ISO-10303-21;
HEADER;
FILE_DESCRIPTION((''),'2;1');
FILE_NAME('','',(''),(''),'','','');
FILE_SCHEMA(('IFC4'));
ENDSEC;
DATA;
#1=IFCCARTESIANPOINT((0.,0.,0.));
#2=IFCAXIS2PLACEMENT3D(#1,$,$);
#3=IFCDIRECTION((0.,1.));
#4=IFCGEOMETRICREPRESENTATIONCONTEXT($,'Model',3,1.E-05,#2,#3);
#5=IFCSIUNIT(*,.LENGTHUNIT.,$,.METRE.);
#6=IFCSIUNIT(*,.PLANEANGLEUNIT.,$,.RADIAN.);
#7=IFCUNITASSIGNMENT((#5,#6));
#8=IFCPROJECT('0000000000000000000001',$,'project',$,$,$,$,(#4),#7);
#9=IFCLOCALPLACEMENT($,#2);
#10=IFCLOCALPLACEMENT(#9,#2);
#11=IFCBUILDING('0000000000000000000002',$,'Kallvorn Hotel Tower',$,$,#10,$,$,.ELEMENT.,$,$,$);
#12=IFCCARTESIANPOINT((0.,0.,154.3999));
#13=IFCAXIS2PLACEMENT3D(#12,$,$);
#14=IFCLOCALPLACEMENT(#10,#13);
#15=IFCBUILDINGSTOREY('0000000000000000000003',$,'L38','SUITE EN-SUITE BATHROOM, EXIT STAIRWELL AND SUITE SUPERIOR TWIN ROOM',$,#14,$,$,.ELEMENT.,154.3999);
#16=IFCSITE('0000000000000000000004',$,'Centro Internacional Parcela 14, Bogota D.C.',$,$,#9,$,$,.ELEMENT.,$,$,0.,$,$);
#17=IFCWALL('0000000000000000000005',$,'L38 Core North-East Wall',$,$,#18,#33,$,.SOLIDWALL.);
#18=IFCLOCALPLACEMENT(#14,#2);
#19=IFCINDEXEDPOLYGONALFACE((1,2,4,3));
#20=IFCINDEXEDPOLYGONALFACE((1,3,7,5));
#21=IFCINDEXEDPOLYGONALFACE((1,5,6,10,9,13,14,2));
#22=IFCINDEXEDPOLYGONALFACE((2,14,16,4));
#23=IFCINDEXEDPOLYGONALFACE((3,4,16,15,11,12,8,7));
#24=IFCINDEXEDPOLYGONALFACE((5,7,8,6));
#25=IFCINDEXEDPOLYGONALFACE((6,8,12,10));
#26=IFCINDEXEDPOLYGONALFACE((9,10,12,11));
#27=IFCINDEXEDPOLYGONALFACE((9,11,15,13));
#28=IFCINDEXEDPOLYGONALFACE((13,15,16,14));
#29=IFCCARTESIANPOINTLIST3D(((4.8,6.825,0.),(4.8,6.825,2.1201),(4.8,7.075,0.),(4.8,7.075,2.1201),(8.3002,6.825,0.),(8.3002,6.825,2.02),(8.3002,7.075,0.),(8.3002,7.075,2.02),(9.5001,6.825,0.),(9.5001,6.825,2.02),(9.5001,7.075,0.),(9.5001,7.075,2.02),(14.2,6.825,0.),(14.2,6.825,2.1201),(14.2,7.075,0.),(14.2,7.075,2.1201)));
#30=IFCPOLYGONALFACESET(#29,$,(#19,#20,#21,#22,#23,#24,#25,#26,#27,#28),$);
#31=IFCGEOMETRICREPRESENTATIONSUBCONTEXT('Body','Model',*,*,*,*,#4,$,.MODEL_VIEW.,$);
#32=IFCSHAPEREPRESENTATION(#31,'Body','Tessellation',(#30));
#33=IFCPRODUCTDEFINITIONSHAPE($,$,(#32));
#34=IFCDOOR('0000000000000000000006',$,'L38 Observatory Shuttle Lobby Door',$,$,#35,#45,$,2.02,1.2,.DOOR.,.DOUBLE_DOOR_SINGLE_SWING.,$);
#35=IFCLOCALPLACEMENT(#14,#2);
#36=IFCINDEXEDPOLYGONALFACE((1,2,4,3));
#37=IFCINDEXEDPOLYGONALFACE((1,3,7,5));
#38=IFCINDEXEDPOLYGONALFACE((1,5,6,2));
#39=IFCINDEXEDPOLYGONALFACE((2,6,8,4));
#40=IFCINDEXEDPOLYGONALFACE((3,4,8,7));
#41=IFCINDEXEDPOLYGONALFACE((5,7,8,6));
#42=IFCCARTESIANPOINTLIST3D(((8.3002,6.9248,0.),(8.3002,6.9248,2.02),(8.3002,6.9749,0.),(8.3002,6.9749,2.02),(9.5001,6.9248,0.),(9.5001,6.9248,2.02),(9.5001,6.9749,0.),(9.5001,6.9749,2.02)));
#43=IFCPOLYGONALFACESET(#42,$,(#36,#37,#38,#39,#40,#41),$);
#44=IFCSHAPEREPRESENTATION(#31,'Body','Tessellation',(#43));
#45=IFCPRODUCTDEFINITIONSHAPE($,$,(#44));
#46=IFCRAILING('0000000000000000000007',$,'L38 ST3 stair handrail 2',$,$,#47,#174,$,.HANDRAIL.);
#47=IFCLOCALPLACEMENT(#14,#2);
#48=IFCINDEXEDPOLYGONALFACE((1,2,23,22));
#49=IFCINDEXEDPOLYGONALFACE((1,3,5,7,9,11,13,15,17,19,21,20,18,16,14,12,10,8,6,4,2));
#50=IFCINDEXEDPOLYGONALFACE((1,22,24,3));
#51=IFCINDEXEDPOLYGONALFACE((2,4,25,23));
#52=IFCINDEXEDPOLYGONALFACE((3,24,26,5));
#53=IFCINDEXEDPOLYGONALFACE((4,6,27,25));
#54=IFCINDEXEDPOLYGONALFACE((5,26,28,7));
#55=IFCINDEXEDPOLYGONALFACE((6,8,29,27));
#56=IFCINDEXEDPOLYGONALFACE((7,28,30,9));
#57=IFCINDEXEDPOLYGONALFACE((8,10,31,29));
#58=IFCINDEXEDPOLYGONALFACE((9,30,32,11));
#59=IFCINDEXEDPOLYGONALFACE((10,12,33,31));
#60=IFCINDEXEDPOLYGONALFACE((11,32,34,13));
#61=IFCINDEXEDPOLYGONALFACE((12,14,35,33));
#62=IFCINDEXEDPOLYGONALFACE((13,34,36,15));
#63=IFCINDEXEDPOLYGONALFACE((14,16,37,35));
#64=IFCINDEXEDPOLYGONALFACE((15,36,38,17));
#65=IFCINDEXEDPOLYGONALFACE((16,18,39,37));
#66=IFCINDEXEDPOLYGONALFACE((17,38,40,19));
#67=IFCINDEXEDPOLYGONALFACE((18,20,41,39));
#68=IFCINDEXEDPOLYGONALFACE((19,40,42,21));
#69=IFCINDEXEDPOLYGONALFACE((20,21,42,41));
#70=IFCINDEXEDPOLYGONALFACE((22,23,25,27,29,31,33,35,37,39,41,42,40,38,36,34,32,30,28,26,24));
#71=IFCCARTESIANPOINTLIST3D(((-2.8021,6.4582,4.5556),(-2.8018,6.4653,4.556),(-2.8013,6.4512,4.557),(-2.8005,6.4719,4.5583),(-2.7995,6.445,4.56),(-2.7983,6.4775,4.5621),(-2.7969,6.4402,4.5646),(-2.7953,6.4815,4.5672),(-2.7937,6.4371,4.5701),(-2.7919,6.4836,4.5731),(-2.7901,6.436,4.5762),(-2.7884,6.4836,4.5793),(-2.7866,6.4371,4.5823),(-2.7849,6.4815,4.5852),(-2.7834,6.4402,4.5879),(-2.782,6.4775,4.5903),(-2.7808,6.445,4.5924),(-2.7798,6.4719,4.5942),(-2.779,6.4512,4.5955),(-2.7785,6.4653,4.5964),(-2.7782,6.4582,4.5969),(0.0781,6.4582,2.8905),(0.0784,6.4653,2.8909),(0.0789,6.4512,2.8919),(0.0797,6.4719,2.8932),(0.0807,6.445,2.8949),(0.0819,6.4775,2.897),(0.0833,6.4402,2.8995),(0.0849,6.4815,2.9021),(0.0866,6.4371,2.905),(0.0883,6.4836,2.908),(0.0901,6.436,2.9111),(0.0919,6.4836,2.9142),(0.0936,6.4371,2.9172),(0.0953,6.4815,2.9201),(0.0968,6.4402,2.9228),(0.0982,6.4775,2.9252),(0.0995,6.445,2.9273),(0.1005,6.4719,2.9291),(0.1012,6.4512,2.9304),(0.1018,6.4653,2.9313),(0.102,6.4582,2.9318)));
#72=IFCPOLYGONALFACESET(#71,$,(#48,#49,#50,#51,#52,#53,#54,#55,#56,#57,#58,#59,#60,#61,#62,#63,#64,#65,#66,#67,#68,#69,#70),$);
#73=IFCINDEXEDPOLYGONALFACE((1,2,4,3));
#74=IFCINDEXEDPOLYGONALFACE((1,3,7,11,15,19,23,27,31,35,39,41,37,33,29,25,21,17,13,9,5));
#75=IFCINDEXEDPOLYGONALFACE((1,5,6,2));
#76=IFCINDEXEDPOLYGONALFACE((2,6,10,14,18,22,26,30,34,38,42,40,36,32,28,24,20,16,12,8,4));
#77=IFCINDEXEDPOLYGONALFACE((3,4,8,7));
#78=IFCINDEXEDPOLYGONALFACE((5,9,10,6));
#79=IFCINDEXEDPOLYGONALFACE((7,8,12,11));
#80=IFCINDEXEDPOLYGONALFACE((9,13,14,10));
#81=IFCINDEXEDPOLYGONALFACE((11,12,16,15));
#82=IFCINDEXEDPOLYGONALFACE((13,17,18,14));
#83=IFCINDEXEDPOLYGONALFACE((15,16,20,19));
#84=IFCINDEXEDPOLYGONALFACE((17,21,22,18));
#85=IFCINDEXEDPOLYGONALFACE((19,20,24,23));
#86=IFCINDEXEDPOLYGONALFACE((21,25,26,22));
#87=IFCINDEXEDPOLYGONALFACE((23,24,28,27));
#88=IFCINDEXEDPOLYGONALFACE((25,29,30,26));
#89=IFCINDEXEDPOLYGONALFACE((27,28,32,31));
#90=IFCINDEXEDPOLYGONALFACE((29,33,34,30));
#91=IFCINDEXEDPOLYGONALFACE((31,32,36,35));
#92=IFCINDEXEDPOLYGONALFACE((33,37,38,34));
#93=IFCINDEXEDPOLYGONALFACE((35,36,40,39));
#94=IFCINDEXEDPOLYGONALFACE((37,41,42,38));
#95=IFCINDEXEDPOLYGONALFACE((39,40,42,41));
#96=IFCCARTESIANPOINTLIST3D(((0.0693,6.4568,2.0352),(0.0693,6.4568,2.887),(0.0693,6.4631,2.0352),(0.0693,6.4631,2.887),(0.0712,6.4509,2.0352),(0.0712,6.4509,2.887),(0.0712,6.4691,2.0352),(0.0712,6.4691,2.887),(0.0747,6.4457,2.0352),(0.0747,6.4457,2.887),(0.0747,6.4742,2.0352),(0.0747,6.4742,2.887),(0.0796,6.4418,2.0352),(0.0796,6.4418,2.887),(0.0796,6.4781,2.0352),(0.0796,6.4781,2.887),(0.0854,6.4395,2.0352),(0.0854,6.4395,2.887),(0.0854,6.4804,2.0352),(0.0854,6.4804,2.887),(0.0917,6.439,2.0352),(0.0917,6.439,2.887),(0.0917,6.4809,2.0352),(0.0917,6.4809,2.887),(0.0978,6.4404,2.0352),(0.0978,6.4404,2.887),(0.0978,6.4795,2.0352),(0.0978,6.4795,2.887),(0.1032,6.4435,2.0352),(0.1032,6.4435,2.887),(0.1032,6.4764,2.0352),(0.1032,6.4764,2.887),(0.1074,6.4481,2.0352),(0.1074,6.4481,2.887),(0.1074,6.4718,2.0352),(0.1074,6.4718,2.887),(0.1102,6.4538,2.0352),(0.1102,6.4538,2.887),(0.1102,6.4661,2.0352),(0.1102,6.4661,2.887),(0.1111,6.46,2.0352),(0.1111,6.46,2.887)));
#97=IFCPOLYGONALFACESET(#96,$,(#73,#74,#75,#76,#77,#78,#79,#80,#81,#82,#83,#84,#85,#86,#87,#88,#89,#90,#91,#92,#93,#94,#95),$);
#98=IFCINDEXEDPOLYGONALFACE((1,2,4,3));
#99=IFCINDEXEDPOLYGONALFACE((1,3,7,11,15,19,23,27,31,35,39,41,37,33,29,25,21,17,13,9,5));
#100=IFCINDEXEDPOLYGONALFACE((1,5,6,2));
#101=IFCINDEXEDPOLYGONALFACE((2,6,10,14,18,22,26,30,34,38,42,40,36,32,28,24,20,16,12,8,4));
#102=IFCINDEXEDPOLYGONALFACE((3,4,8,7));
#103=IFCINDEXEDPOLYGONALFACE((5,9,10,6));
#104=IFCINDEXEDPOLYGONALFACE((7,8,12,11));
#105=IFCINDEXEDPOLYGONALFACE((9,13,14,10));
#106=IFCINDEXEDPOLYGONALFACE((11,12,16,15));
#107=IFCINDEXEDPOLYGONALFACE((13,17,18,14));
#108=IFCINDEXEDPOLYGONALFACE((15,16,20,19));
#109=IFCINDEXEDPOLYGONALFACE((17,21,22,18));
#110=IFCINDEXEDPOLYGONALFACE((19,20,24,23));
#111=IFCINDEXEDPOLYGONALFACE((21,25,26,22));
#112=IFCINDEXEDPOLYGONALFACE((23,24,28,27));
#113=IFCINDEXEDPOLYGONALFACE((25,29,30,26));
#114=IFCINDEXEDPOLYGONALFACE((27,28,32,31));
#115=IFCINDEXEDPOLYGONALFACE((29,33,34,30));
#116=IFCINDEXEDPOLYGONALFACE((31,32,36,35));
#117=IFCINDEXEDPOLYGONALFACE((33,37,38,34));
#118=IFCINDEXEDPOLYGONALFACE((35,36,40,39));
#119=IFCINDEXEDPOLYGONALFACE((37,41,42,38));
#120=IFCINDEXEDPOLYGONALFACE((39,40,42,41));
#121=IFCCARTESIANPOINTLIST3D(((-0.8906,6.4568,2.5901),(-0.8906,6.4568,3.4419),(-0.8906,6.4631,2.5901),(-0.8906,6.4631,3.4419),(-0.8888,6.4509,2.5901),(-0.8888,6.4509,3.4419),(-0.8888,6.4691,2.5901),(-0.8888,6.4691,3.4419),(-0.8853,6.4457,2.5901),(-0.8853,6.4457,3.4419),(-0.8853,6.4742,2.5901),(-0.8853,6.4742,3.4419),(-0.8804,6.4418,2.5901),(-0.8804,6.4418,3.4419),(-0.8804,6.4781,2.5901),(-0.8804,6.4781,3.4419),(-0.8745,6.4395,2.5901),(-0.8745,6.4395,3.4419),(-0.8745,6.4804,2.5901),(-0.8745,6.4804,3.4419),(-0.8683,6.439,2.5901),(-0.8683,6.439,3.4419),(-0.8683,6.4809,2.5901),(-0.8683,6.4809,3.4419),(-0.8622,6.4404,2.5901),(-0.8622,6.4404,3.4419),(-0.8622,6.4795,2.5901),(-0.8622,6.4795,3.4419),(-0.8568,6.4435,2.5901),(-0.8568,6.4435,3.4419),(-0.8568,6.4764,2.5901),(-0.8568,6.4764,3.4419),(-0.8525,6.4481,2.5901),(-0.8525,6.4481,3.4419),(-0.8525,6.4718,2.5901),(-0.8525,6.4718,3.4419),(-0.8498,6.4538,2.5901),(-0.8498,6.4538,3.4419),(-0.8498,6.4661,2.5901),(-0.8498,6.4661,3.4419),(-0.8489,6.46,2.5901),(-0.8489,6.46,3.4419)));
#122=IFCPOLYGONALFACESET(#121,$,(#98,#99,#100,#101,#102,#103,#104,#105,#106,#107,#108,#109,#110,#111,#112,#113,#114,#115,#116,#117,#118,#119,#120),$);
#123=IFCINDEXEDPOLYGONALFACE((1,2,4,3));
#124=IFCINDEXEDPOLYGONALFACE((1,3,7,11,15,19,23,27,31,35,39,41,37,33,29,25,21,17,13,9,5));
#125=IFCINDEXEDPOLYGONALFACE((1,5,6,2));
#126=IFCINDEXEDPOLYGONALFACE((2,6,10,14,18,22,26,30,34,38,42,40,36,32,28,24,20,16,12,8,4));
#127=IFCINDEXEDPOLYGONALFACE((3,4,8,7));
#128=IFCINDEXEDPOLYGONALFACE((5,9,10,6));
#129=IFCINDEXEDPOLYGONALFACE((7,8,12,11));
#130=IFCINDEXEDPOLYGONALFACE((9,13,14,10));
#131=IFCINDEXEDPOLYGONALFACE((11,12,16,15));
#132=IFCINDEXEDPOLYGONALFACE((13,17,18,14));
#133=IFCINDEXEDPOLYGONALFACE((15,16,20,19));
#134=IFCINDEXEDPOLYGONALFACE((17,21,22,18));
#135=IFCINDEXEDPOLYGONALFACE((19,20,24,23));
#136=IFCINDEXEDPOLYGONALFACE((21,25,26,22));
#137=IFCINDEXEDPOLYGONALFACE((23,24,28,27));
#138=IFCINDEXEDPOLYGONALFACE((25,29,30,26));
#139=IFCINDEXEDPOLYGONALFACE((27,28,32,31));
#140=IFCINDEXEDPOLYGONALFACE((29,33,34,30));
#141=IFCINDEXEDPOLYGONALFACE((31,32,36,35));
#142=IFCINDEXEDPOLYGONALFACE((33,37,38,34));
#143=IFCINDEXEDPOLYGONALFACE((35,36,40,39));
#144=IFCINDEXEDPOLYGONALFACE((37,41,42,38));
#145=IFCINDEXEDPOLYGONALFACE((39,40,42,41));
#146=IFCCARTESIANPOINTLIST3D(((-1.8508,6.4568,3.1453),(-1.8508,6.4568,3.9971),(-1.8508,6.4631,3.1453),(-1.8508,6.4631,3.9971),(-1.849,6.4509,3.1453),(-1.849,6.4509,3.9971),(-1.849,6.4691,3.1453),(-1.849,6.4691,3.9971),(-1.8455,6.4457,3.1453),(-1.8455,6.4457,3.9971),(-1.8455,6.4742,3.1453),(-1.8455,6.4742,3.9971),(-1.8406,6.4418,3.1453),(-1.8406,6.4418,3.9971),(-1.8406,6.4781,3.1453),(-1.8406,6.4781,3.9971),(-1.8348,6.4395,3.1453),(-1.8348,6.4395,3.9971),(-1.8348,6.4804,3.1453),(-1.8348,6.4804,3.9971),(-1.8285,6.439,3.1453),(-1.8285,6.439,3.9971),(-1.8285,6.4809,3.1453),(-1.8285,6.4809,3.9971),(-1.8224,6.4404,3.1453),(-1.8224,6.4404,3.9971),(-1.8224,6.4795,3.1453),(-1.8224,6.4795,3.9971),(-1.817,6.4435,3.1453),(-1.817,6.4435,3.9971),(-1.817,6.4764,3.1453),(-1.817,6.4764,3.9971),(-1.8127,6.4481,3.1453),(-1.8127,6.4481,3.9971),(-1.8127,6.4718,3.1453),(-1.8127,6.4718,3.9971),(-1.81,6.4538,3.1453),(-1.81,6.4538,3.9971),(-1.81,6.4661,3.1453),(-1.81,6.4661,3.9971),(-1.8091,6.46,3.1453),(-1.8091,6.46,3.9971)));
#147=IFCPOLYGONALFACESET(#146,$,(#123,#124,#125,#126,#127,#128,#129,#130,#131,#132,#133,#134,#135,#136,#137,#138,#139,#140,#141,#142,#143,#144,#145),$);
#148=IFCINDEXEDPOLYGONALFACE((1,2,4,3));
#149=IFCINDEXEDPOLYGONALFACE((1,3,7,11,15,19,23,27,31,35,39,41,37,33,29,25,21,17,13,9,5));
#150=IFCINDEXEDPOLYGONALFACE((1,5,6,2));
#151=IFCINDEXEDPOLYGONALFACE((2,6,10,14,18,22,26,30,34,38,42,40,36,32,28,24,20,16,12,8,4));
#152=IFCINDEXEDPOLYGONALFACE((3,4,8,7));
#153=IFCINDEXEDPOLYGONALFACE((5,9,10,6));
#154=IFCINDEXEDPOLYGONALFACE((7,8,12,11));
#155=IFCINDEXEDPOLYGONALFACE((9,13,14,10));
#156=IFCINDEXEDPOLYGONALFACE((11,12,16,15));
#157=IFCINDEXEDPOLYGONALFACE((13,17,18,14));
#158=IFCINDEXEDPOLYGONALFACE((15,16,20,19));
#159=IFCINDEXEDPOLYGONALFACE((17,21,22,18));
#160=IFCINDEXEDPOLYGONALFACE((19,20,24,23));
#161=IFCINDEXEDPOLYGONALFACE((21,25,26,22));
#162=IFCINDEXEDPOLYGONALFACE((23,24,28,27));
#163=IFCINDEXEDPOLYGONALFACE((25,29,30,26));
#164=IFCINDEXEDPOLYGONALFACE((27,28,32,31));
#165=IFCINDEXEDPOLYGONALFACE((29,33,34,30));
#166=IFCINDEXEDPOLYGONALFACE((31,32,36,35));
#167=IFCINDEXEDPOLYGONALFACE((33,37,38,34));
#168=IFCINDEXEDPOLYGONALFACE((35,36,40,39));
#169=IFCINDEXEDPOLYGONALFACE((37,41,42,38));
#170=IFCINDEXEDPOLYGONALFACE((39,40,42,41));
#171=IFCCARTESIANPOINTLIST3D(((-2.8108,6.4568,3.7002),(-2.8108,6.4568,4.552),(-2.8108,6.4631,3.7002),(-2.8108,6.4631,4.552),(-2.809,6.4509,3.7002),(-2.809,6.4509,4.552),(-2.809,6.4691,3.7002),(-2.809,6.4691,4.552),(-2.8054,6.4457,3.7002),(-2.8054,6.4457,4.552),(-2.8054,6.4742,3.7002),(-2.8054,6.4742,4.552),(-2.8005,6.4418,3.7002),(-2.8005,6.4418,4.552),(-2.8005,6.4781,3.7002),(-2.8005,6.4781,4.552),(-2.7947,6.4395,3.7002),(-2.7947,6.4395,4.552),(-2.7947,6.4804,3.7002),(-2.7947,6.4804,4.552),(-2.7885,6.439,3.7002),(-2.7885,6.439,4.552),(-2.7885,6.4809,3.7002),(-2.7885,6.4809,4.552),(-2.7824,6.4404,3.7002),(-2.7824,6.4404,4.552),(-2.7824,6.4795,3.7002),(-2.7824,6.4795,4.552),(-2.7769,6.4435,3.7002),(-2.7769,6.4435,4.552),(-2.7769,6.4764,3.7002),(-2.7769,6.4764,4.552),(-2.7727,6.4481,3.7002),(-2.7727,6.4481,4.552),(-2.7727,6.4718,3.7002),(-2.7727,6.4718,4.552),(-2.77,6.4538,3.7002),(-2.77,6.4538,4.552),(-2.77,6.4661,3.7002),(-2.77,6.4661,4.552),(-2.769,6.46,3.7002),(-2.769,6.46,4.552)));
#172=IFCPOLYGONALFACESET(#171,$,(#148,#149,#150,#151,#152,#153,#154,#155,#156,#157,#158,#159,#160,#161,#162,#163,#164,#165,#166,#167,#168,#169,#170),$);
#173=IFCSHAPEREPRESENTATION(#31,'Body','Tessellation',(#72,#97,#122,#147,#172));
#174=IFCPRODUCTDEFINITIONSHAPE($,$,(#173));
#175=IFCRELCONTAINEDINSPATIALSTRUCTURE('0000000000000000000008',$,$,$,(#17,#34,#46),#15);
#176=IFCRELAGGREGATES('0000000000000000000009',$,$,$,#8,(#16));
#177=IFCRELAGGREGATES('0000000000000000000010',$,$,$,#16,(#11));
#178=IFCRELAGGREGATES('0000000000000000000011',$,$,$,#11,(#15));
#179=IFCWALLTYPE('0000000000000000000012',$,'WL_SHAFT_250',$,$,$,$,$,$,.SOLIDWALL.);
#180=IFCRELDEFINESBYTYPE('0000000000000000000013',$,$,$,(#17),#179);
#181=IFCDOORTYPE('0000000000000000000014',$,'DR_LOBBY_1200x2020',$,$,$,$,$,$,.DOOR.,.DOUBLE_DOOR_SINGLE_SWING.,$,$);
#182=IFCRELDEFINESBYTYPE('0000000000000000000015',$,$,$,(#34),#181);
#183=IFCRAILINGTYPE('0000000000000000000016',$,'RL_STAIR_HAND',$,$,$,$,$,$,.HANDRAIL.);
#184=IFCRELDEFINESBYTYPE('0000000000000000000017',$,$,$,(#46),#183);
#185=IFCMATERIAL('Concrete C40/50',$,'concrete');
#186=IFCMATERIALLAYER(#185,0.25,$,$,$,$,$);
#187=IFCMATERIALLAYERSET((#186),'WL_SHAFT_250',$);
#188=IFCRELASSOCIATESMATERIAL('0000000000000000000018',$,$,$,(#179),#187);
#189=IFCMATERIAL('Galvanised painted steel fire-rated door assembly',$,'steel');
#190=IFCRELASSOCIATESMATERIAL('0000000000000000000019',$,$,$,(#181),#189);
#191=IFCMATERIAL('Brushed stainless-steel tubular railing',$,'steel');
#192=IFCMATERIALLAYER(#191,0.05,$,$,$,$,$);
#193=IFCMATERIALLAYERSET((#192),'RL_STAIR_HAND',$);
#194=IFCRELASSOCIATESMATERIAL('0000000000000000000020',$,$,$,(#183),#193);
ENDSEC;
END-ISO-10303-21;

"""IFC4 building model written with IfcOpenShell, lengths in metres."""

from ifc_helpers import new_model, si_unit, direction, frame, frame_2d, origin, origin_2d, place, context, subcontext, project, spatial, rectangle, circle, extrude, material, layer, layer_set, type_object, element, fill, save


model = new_model("IFC4")

# Units and contexts
model_context = context("Model", 3, precision=1e-05, world=origin(), true_north=direction((0.0, 1.0)))
body_context = subcontext(model_context, "Body", "Model", "MODEL_VIEW")
ifc_project = project(units=[si_unit("LENGTHUNIT", "METRE"), si_unit("PLANEANGLEUNIT", "RADIAN")], contexts=[model_context])

# Site, building, storey
site_placement = place(None, origin())
site = spatial("IfcSite", under=ifc_project, at=site_placement, Name="Centro Internacional Parcela 14, Bogota D.C.", CompositionType="ELEMENT", RefElevation=0.0)
building_placement = place(site_placement, origin())
building = spatial("IfcBuilding", under=site, at=building_placement, Name="Kallvorn Hotel Tower", CompositionType="ELEMENT")
storey_placement = place(building_placement, frame((0.0, 0.0, 154.3999)))
storey = spatial("IfcBuildingStorey", under=building, at=storey_placement, Name="L38", Description="SUITE EN-SUITE BATHROOM, EXIT STAIRWELL AND SUITE SUPERIOR TWIN ROOM", CompositionType="ELEMENT", Elevation=154.3999)

# Wall, opening, door
ifc_material_1 = material(Name="Concrete C40/50", Category="concrete")
ifc_layer_1 = layer(ifc_material_1, 0.25)
ifc_layer_set_1 = layer_set([ifc_layer_1], Name="WL_SHAFT_250")
wall_type_1 = type_object("IfcWallType", Name="WL_SHAFT_250", PredefinedType="SOLIDWALL", material=ifc_layer_set_1)
wall_1_placement = place(storey_placement, frame((4.8, 6.95, 0.0), z_axis=(0.0, 0.0, 1.0), x_axis=(1.0, 0.0, 0.0)))
wall_1 = element("IfcWall", 1, at=wall_1_placement, inside=storey, type_object=wall_type_1, Name="L38 Core North-East Wall", PredefinedType="SOLIDWALL", context=body_context, shape_type="SweptSolid", body=[
    extrude(rectangle(XDim=9.3999, YDim=0.25, at=frame_2d((4.7, 0.0))), origin(), (0.0, 0.0, 1.0), 2.1201),
])
opening_1_placement = place(wall_1_placement, frame((3.5, 0.0, 0.0)))
opening_1 = element("IfcOpeningElement", 2, at=opening_1_placement, cuts=wall_1, PredefinedType="OPENING", context=body_context, shape_type="SweptSolid", body=[
    extrude(rectangle(XDim=1.2, YDim=2.02, at=frame_2d((0.6001, 1.01))), frame((0.0, 0.1399, 0.0), z_axis=(0.0, -1.0, 0.0), x_axis=(1.0, 0.0, 0.0)), (0.0, 0.0, 1.0), 0.28),
])
ifc_material_2 = material(Name="Galvanised painted steel fire-rated door assembly", Category="steel")
door_type_1 = type_object("IfcDoorType", Name="DR_LOBBY_1200x2020", OperationType="DOUBLE_DOOR_SINGLE_SWING", PredefinedType="DOOR", material=ifc_material_2)
door_1_placement = place(opening_1_placement, origin())
door_1 = element("IfcDoor", 3, at=door_1_placement, inside=storey, type_object=door_type_1, Name="L38 Observatory Shuttle Lobby Door", OperationType="DOUBLE_DOOR_SINGLE_SWING", OverallHeight=2.02, OverallWidth=1.2, PredefinedType="DOOR", context=body_context, shape_type="SweptSolid", body=[
    extrude(rectangle(XDim=1.2, YDim=2.02, at=frame_2d((0.6001, 1.01))), frame((0.0, 0.0249, 0.0), z_axis=(0.0, -1.0, 0.0), x_axis=(1.0, 0.0, 0.0)), (0.0, 0.0, 1.0), 0.05),
])
fill(opening_1, door_1)

# Railing
ifc_material_3 = material(Name="Brushed stainless-steel tubular railing", Category="steel")
ifc_layer_2 = layer(ifc_material_3, 0.05)
ifc_layer_set_2 = layer_set([ifc_layer_2], Name="RL_STAIR_HAND")
railing_type = type_object("IfcRailingType", Name="RL_STAIR_HAND", PredefinedType="HANDRAIL", material=ifc_layer_set_2)
railing_placement = place(storey_placement, frame((0.0901, 6.46, 2.0352)))
element("IfcRailing", 4, at=railing_placement, inside=storey, type_object=railing_type, Name="L38 ST3 stair handrail 2", PredefinedType="HANDRAIL", context=body_context, shape_type="SweptSolid", body=[
    extrude(circle(Radius=0.0239, at=origin_2d()), frame((0.0, 0.0, 0.876), z_axis=(-0.865739, 0.0, 0.500495), x_axis=(0.0, -1.0, 0.0)), (0.0, 0.0, 1.0), 3.3269),
    extrude(circle(Radius=0.021, at=origin_2d()), origin(), (0.0, 0.0, 1.0), 0.8518),
    extrude(circle(Radius=0.021, at=origin_2d()), frame((-0.96, 0.0, 0.5549)), (0.0, 0.0, 1.0), 0.8518),
    extrude(circle(Radius=0.021, at=origin_2d()), frame((-1.9202, 0.0, 1.1101)), (0.0, 0.0, 1.0), 0.8518),
    extrude(circle(Radius=0.021, at=origin_2d()), frame((-2.8801, 0.0, 1.665)), (0.0, 0.0, 1.0), 0.8518),
])

save(model, "model.ifc")
